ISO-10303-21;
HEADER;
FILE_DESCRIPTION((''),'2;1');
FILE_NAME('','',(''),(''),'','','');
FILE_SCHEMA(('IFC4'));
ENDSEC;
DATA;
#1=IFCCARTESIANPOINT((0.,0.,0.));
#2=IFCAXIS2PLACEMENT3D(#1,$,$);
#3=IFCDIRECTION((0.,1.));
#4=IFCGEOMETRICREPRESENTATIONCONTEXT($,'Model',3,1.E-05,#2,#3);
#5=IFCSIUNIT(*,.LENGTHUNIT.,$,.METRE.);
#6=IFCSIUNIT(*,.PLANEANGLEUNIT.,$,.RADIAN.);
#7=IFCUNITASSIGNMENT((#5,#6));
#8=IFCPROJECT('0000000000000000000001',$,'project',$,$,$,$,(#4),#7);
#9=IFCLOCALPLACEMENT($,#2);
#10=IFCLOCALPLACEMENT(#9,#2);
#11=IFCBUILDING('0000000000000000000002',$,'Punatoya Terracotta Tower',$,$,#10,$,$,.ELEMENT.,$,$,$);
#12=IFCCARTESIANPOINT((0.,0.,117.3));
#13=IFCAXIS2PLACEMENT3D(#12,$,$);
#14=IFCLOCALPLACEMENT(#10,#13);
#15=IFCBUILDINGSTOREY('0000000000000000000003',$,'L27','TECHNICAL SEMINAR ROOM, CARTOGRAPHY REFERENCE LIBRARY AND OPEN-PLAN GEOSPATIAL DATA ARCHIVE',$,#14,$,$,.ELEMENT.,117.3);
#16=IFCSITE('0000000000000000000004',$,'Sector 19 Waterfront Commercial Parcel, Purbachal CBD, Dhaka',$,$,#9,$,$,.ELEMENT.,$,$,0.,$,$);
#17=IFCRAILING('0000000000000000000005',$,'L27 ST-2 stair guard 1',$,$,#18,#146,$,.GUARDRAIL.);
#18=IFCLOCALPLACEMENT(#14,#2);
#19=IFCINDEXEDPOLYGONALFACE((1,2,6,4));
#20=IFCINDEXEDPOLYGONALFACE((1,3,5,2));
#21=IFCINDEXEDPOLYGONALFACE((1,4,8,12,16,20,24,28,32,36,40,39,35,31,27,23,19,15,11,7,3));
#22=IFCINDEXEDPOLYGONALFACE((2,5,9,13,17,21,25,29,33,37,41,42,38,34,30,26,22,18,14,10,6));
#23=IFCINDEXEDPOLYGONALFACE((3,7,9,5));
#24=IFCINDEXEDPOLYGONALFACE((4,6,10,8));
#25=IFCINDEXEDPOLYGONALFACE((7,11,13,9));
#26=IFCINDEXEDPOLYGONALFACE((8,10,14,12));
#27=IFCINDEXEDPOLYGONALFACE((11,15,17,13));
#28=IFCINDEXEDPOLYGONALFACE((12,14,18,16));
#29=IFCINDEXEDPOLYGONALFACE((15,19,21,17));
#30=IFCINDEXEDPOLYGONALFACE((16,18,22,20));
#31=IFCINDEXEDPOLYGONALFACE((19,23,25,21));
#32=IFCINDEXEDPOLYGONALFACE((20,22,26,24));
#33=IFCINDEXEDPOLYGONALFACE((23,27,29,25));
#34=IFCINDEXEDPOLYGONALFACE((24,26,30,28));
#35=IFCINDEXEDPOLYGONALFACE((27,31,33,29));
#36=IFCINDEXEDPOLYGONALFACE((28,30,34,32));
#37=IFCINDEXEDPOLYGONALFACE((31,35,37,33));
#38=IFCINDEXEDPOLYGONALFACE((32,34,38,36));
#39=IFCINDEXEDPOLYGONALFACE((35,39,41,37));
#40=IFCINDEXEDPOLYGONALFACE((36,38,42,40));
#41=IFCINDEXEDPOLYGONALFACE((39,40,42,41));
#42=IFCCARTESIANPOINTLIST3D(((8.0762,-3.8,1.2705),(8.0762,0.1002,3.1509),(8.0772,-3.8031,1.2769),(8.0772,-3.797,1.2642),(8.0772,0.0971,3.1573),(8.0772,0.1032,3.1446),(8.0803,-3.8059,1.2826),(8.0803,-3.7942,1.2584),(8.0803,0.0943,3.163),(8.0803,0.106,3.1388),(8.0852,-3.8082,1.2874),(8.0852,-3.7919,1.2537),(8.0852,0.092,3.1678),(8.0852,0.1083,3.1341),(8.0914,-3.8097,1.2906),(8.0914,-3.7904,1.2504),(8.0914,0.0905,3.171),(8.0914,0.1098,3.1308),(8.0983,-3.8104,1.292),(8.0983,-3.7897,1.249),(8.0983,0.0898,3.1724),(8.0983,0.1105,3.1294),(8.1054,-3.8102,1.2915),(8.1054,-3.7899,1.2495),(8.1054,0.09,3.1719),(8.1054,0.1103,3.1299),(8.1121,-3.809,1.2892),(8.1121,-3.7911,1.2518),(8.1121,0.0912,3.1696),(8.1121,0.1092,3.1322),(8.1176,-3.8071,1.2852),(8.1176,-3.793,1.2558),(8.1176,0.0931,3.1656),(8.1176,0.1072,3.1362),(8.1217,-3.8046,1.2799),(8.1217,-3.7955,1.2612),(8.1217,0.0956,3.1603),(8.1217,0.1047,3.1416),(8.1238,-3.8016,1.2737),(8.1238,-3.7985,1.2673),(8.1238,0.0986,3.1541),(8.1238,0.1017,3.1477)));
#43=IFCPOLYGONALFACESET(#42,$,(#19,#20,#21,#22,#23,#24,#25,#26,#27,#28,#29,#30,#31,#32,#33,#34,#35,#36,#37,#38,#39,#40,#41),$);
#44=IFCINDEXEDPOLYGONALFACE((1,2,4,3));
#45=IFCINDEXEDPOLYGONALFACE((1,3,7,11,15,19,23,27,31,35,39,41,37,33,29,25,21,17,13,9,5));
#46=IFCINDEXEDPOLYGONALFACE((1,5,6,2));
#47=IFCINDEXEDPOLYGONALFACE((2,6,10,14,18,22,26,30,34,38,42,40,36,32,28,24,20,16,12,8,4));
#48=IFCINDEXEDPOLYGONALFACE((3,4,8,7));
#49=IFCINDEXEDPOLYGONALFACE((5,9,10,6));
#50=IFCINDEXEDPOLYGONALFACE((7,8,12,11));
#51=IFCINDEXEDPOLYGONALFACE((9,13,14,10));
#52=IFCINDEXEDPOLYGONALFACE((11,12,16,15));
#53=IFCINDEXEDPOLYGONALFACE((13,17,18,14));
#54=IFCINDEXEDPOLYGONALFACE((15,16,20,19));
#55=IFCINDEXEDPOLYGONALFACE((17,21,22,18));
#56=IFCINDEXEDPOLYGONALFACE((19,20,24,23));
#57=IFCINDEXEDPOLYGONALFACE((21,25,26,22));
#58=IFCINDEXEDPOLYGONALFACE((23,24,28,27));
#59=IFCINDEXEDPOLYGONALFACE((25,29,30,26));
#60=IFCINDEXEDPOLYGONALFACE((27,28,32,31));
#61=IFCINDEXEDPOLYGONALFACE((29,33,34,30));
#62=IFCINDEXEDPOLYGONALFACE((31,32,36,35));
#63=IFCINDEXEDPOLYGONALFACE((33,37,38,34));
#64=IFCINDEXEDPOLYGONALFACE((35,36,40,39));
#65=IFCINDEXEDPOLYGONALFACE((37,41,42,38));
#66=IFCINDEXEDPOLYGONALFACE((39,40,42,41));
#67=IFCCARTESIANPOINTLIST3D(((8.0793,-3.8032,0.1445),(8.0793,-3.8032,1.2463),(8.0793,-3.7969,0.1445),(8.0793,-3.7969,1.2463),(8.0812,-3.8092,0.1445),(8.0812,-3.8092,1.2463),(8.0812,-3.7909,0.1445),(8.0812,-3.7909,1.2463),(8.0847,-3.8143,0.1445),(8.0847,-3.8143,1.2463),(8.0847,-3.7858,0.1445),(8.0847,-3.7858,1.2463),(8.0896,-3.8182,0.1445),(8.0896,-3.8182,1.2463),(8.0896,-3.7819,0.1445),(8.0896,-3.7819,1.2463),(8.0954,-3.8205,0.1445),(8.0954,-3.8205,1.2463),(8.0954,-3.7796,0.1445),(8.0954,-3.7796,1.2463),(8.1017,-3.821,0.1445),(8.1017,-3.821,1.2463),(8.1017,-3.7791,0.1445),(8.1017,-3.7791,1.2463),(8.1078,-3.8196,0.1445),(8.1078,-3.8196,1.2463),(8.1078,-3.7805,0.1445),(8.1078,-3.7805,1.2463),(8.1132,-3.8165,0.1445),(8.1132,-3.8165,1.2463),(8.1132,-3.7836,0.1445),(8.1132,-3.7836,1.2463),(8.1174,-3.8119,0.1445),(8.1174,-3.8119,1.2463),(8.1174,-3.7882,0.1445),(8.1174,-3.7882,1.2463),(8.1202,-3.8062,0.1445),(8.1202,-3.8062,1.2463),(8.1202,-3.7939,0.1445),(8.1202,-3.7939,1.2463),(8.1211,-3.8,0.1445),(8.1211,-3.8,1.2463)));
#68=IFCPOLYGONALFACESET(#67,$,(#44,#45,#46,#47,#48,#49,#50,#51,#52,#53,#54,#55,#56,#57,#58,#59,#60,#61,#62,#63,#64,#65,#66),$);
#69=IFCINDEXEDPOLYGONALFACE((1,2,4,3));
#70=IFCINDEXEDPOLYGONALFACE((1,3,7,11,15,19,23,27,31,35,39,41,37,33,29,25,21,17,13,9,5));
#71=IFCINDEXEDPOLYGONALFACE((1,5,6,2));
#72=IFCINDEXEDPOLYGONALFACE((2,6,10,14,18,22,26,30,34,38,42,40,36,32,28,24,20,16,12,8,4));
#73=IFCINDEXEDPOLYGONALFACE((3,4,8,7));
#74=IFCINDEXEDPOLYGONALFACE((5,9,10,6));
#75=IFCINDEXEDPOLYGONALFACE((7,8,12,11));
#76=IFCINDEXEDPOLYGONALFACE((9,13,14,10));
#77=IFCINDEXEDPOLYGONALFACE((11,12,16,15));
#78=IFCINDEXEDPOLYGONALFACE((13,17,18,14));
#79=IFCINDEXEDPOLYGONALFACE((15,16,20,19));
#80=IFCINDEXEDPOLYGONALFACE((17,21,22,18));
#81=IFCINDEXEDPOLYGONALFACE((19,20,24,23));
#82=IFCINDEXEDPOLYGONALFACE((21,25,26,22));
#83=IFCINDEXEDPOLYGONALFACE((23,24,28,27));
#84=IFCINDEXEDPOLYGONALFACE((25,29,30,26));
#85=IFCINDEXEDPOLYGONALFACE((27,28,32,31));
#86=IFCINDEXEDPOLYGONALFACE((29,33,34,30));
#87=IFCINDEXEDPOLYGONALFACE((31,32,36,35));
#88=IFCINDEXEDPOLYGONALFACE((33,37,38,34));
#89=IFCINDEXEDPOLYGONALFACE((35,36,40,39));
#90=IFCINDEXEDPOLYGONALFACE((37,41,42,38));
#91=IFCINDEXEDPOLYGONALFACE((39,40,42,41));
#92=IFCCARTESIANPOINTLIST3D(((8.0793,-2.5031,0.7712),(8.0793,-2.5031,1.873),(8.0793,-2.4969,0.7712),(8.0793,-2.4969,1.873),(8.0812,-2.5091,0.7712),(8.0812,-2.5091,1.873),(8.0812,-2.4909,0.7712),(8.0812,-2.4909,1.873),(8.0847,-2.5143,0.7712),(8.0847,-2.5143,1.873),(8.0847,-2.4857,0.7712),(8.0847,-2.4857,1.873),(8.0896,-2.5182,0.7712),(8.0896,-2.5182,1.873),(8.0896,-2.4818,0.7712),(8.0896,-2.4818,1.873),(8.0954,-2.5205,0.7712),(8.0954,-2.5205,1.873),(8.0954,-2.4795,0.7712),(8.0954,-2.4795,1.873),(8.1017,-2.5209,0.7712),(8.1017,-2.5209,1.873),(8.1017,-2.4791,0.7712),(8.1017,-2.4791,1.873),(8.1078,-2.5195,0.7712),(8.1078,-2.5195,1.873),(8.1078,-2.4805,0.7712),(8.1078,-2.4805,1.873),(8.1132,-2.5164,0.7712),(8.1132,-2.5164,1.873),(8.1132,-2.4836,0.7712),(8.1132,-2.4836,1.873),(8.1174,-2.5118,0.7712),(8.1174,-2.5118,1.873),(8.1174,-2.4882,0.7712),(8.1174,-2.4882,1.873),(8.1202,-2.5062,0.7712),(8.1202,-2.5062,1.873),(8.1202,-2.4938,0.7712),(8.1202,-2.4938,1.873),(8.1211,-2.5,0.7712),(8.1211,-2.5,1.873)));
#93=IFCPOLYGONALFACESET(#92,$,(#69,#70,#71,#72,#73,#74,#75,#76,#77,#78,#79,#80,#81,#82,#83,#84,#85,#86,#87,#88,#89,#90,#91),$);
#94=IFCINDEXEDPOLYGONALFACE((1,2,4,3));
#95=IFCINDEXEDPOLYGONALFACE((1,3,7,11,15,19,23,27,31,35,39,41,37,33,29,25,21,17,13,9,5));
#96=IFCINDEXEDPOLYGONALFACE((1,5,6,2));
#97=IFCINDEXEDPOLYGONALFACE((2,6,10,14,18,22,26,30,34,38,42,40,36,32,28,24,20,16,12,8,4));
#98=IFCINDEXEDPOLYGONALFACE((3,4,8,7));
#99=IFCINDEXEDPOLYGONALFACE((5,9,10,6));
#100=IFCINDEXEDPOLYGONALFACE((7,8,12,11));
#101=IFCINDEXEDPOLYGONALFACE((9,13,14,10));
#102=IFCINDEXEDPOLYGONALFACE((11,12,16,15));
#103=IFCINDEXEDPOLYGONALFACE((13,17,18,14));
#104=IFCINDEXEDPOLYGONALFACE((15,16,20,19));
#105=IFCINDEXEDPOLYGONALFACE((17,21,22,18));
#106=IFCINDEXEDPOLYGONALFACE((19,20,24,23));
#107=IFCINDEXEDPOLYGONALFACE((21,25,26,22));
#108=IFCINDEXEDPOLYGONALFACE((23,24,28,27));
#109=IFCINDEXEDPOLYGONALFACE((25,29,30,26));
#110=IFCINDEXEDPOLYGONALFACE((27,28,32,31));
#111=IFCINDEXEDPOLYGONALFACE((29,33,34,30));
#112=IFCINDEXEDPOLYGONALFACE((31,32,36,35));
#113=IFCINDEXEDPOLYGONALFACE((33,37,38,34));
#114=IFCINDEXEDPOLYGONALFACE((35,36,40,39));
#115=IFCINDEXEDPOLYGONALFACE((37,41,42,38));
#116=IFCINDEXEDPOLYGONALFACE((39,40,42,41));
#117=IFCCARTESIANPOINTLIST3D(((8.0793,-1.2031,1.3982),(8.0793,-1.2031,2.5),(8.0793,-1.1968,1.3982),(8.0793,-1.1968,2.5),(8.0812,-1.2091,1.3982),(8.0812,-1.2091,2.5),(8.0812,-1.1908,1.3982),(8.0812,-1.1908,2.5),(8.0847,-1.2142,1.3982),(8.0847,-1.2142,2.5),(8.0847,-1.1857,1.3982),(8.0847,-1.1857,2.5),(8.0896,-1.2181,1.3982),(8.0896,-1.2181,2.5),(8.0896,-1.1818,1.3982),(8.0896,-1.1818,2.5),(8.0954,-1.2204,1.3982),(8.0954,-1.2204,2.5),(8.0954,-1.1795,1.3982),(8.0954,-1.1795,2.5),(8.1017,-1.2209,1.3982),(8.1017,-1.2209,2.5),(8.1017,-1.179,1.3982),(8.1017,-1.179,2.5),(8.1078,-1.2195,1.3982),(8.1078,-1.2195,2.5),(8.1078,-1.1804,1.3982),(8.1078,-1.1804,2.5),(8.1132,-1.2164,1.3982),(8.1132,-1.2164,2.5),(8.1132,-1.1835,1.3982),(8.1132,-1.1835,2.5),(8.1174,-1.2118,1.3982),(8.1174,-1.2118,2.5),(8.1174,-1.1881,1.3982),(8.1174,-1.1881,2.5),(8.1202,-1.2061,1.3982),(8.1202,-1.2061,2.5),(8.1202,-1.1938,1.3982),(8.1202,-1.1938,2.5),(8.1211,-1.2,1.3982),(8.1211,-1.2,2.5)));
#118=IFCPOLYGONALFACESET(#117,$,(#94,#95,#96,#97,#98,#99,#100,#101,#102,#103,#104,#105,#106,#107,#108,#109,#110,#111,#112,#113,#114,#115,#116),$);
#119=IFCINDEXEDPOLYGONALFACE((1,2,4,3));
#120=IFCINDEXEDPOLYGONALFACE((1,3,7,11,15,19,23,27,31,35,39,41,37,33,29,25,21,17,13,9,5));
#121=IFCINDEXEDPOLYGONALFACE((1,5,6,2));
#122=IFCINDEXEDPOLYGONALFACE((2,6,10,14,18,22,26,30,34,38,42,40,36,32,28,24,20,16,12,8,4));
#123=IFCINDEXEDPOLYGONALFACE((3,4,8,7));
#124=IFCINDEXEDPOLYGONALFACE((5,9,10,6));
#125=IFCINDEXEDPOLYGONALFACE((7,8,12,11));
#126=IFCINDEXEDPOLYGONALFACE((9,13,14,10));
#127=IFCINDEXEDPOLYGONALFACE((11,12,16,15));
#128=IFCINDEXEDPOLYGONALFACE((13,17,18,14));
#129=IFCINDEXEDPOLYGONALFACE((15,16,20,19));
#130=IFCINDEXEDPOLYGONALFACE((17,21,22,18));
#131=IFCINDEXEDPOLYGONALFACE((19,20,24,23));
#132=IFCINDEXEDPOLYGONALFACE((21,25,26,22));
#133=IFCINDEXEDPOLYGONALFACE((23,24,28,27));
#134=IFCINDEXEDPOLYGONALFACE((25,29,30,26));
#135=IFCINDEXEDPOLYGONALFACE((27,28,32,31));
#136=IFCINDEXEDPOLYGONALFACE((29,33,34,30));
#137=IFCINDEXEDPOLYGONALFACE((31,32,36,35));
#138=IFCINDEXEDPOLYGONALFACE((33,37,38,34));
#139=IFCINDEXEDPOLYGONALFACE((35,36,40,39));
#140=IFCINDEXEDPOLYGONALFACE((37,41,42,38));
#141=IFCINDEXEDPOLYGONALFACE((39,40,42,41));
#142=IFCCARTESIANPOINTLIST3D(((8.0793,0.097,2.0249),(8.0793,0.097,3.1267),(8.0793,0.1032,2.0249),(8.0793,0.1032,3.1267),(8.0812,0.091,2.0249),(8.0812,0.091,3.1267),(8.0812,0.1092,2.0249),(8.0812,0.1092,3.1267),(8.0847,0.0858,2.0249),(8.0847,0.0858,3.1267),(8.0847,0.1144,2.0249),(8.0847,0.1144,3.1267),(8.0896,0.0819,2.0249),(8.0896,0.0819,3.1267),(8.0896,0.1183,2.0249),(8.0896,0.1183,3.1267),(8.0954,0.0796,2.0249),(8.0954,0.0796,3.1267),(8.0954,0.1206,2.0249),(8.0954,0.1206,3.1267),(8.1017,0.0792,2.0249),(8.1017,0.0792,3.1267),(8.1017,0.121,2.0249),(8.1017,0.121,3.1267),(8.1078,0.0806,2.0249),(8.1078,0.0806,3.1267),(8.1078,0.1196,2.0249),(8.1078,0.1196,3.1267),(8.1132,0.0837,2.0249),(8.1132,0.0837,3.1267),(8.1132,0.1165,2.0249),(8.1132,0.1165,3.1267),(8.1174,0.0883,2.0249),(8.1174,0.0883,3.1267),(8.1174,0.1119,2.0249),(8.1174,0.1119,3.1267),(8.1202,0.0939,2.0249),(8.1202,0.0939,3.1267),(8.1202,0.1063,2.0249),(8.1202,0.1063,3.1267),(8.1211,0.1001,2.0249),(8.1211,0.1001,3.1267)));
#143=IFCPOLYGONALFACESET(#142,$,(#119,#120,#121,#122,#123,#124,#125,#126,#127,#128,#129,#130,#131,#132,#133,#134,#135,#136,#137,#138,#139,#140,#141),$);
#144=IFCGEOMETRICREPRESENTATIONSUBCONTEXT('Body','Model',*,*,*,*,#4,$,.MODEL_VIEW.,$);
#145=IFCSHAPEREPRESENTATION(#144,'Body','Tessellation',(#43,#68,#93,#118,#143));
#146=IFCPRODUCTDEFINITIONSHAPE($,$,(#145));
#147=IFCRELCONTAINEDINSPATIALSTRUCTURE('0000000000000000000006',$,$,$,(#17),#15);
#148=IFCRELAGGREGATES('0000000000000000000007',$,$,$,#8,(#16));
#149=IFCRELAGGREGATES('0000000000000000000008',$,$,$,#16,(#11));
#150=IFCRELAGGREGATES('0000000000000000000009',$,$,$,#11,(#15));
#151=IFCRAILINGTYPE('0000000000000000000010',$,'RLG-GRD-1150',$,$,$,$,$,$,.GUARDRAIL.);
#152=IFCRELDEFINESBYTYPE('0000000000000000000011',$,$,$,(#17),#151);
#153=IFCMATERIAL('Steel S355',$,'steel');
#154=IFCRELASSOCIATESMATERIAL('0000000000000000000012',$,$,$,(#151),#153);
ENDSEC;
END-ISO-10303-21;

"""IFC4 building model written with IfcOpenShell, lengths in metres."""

from ifc_helpers import new_model, si_unit, direction, frame, origin, origin_2d, place, context, subcontext, project, spatial, circle, extrude, material, type_object, element, save


model = new_model("IFC4")

# Units and contexts
model_context = context("Model", 3, precision=1e-05, world=origin(), true_north=direction((0.0, 1.0)))
body_context = subcontext(model_context, "Body", "Model", "MODEL_VIEW")
ifc_project = project(units=[si_unit("LENGTHUNIT", "METRE"), si_unit("PLANEANGLEUNIT", "RADIAN")], contexts=[model_context])

# Site, building, storey
site_placement = place(None, origin())
site = spatial("IfcSite", under=ifc_project, at=site_placement, Name="Sector 19 Waterfront Commercial Parcel, Purbachal CBD, Dhaka", CompositionType="ELEMENT", RefElevation=0.0)
building_placement = place(site_placement, origin())
building = spatial("IfcBuilding", under=site, at=building_placement, Name="Punatoya Terracotta Tower", CompositionType="ELEMENT")
storey_placement = place(building_placement, frame((0.0, 0.0, 117.3)))
storey = spatial("IfcBuildingStorey", under=building, at=storey_placement, Name="L27", Description="TECHNICAL SEMINAR ROOM, CARTOGRAPHY REFERENCE LIBRARY AND OPEN-PLAN GEOSPATIAL DATA ARCHIVE", CompositionType="ELEMENT", Elevation=117.3)

# Shared definitions
ifc_material_1 = material(Name="Steel S355", Category="steel")

# Railing
railing_type_1 = type_object("IfcRailingType", Name="RLG-GRD-1150", PredefinedType="GUARDRAIL", material=ifc_material_1)
railing_1_placement = place(storey_placement, frame((8.1001, -3.8, 0.1445)))
element("IfcRailing", 1, at=railing_1_placement, inside=storey, type_object=railing_type_1, Name="L27 ST-2 stair guard 1", PredefinedType="GUARDRAIL", context=body_context, shape_type="SweptSolid", body=[
    extrude(circle(Radius=0.0239, at=origin_2d()), frame((0.0, 0.0, 1.126), z_axis=(0.0, 0.900774, 0.434289), x_axis=(-1.0, 0.0, 0.0)), (0.0, 0.0, 1.0), 4.3298),
    extrude(circle(Radius=0.021, at=origin_2d()), origin(), (0.0, 0.0, 1.0), 1.1018),
    extrude(circle(Radius=0.021, at=origin_2d()), frame((0.0, 1.3, 0.6267)), (0.0, 0.0, 1.0), 1.1018),
    extrude(circle(Radius=0.021, at=origin_2d()), frame((0.0, 2.6001, 1.2537)), (0.0, 0.0, 1.0), 1.1018),
    extrude(circle(Radius=0.021, at=origin_2d()), frame((0.0, 3.9001, 1.8804)), (0.0, 0.0, 1.0), 1.1018),
])

save(model, "model.ifc")
